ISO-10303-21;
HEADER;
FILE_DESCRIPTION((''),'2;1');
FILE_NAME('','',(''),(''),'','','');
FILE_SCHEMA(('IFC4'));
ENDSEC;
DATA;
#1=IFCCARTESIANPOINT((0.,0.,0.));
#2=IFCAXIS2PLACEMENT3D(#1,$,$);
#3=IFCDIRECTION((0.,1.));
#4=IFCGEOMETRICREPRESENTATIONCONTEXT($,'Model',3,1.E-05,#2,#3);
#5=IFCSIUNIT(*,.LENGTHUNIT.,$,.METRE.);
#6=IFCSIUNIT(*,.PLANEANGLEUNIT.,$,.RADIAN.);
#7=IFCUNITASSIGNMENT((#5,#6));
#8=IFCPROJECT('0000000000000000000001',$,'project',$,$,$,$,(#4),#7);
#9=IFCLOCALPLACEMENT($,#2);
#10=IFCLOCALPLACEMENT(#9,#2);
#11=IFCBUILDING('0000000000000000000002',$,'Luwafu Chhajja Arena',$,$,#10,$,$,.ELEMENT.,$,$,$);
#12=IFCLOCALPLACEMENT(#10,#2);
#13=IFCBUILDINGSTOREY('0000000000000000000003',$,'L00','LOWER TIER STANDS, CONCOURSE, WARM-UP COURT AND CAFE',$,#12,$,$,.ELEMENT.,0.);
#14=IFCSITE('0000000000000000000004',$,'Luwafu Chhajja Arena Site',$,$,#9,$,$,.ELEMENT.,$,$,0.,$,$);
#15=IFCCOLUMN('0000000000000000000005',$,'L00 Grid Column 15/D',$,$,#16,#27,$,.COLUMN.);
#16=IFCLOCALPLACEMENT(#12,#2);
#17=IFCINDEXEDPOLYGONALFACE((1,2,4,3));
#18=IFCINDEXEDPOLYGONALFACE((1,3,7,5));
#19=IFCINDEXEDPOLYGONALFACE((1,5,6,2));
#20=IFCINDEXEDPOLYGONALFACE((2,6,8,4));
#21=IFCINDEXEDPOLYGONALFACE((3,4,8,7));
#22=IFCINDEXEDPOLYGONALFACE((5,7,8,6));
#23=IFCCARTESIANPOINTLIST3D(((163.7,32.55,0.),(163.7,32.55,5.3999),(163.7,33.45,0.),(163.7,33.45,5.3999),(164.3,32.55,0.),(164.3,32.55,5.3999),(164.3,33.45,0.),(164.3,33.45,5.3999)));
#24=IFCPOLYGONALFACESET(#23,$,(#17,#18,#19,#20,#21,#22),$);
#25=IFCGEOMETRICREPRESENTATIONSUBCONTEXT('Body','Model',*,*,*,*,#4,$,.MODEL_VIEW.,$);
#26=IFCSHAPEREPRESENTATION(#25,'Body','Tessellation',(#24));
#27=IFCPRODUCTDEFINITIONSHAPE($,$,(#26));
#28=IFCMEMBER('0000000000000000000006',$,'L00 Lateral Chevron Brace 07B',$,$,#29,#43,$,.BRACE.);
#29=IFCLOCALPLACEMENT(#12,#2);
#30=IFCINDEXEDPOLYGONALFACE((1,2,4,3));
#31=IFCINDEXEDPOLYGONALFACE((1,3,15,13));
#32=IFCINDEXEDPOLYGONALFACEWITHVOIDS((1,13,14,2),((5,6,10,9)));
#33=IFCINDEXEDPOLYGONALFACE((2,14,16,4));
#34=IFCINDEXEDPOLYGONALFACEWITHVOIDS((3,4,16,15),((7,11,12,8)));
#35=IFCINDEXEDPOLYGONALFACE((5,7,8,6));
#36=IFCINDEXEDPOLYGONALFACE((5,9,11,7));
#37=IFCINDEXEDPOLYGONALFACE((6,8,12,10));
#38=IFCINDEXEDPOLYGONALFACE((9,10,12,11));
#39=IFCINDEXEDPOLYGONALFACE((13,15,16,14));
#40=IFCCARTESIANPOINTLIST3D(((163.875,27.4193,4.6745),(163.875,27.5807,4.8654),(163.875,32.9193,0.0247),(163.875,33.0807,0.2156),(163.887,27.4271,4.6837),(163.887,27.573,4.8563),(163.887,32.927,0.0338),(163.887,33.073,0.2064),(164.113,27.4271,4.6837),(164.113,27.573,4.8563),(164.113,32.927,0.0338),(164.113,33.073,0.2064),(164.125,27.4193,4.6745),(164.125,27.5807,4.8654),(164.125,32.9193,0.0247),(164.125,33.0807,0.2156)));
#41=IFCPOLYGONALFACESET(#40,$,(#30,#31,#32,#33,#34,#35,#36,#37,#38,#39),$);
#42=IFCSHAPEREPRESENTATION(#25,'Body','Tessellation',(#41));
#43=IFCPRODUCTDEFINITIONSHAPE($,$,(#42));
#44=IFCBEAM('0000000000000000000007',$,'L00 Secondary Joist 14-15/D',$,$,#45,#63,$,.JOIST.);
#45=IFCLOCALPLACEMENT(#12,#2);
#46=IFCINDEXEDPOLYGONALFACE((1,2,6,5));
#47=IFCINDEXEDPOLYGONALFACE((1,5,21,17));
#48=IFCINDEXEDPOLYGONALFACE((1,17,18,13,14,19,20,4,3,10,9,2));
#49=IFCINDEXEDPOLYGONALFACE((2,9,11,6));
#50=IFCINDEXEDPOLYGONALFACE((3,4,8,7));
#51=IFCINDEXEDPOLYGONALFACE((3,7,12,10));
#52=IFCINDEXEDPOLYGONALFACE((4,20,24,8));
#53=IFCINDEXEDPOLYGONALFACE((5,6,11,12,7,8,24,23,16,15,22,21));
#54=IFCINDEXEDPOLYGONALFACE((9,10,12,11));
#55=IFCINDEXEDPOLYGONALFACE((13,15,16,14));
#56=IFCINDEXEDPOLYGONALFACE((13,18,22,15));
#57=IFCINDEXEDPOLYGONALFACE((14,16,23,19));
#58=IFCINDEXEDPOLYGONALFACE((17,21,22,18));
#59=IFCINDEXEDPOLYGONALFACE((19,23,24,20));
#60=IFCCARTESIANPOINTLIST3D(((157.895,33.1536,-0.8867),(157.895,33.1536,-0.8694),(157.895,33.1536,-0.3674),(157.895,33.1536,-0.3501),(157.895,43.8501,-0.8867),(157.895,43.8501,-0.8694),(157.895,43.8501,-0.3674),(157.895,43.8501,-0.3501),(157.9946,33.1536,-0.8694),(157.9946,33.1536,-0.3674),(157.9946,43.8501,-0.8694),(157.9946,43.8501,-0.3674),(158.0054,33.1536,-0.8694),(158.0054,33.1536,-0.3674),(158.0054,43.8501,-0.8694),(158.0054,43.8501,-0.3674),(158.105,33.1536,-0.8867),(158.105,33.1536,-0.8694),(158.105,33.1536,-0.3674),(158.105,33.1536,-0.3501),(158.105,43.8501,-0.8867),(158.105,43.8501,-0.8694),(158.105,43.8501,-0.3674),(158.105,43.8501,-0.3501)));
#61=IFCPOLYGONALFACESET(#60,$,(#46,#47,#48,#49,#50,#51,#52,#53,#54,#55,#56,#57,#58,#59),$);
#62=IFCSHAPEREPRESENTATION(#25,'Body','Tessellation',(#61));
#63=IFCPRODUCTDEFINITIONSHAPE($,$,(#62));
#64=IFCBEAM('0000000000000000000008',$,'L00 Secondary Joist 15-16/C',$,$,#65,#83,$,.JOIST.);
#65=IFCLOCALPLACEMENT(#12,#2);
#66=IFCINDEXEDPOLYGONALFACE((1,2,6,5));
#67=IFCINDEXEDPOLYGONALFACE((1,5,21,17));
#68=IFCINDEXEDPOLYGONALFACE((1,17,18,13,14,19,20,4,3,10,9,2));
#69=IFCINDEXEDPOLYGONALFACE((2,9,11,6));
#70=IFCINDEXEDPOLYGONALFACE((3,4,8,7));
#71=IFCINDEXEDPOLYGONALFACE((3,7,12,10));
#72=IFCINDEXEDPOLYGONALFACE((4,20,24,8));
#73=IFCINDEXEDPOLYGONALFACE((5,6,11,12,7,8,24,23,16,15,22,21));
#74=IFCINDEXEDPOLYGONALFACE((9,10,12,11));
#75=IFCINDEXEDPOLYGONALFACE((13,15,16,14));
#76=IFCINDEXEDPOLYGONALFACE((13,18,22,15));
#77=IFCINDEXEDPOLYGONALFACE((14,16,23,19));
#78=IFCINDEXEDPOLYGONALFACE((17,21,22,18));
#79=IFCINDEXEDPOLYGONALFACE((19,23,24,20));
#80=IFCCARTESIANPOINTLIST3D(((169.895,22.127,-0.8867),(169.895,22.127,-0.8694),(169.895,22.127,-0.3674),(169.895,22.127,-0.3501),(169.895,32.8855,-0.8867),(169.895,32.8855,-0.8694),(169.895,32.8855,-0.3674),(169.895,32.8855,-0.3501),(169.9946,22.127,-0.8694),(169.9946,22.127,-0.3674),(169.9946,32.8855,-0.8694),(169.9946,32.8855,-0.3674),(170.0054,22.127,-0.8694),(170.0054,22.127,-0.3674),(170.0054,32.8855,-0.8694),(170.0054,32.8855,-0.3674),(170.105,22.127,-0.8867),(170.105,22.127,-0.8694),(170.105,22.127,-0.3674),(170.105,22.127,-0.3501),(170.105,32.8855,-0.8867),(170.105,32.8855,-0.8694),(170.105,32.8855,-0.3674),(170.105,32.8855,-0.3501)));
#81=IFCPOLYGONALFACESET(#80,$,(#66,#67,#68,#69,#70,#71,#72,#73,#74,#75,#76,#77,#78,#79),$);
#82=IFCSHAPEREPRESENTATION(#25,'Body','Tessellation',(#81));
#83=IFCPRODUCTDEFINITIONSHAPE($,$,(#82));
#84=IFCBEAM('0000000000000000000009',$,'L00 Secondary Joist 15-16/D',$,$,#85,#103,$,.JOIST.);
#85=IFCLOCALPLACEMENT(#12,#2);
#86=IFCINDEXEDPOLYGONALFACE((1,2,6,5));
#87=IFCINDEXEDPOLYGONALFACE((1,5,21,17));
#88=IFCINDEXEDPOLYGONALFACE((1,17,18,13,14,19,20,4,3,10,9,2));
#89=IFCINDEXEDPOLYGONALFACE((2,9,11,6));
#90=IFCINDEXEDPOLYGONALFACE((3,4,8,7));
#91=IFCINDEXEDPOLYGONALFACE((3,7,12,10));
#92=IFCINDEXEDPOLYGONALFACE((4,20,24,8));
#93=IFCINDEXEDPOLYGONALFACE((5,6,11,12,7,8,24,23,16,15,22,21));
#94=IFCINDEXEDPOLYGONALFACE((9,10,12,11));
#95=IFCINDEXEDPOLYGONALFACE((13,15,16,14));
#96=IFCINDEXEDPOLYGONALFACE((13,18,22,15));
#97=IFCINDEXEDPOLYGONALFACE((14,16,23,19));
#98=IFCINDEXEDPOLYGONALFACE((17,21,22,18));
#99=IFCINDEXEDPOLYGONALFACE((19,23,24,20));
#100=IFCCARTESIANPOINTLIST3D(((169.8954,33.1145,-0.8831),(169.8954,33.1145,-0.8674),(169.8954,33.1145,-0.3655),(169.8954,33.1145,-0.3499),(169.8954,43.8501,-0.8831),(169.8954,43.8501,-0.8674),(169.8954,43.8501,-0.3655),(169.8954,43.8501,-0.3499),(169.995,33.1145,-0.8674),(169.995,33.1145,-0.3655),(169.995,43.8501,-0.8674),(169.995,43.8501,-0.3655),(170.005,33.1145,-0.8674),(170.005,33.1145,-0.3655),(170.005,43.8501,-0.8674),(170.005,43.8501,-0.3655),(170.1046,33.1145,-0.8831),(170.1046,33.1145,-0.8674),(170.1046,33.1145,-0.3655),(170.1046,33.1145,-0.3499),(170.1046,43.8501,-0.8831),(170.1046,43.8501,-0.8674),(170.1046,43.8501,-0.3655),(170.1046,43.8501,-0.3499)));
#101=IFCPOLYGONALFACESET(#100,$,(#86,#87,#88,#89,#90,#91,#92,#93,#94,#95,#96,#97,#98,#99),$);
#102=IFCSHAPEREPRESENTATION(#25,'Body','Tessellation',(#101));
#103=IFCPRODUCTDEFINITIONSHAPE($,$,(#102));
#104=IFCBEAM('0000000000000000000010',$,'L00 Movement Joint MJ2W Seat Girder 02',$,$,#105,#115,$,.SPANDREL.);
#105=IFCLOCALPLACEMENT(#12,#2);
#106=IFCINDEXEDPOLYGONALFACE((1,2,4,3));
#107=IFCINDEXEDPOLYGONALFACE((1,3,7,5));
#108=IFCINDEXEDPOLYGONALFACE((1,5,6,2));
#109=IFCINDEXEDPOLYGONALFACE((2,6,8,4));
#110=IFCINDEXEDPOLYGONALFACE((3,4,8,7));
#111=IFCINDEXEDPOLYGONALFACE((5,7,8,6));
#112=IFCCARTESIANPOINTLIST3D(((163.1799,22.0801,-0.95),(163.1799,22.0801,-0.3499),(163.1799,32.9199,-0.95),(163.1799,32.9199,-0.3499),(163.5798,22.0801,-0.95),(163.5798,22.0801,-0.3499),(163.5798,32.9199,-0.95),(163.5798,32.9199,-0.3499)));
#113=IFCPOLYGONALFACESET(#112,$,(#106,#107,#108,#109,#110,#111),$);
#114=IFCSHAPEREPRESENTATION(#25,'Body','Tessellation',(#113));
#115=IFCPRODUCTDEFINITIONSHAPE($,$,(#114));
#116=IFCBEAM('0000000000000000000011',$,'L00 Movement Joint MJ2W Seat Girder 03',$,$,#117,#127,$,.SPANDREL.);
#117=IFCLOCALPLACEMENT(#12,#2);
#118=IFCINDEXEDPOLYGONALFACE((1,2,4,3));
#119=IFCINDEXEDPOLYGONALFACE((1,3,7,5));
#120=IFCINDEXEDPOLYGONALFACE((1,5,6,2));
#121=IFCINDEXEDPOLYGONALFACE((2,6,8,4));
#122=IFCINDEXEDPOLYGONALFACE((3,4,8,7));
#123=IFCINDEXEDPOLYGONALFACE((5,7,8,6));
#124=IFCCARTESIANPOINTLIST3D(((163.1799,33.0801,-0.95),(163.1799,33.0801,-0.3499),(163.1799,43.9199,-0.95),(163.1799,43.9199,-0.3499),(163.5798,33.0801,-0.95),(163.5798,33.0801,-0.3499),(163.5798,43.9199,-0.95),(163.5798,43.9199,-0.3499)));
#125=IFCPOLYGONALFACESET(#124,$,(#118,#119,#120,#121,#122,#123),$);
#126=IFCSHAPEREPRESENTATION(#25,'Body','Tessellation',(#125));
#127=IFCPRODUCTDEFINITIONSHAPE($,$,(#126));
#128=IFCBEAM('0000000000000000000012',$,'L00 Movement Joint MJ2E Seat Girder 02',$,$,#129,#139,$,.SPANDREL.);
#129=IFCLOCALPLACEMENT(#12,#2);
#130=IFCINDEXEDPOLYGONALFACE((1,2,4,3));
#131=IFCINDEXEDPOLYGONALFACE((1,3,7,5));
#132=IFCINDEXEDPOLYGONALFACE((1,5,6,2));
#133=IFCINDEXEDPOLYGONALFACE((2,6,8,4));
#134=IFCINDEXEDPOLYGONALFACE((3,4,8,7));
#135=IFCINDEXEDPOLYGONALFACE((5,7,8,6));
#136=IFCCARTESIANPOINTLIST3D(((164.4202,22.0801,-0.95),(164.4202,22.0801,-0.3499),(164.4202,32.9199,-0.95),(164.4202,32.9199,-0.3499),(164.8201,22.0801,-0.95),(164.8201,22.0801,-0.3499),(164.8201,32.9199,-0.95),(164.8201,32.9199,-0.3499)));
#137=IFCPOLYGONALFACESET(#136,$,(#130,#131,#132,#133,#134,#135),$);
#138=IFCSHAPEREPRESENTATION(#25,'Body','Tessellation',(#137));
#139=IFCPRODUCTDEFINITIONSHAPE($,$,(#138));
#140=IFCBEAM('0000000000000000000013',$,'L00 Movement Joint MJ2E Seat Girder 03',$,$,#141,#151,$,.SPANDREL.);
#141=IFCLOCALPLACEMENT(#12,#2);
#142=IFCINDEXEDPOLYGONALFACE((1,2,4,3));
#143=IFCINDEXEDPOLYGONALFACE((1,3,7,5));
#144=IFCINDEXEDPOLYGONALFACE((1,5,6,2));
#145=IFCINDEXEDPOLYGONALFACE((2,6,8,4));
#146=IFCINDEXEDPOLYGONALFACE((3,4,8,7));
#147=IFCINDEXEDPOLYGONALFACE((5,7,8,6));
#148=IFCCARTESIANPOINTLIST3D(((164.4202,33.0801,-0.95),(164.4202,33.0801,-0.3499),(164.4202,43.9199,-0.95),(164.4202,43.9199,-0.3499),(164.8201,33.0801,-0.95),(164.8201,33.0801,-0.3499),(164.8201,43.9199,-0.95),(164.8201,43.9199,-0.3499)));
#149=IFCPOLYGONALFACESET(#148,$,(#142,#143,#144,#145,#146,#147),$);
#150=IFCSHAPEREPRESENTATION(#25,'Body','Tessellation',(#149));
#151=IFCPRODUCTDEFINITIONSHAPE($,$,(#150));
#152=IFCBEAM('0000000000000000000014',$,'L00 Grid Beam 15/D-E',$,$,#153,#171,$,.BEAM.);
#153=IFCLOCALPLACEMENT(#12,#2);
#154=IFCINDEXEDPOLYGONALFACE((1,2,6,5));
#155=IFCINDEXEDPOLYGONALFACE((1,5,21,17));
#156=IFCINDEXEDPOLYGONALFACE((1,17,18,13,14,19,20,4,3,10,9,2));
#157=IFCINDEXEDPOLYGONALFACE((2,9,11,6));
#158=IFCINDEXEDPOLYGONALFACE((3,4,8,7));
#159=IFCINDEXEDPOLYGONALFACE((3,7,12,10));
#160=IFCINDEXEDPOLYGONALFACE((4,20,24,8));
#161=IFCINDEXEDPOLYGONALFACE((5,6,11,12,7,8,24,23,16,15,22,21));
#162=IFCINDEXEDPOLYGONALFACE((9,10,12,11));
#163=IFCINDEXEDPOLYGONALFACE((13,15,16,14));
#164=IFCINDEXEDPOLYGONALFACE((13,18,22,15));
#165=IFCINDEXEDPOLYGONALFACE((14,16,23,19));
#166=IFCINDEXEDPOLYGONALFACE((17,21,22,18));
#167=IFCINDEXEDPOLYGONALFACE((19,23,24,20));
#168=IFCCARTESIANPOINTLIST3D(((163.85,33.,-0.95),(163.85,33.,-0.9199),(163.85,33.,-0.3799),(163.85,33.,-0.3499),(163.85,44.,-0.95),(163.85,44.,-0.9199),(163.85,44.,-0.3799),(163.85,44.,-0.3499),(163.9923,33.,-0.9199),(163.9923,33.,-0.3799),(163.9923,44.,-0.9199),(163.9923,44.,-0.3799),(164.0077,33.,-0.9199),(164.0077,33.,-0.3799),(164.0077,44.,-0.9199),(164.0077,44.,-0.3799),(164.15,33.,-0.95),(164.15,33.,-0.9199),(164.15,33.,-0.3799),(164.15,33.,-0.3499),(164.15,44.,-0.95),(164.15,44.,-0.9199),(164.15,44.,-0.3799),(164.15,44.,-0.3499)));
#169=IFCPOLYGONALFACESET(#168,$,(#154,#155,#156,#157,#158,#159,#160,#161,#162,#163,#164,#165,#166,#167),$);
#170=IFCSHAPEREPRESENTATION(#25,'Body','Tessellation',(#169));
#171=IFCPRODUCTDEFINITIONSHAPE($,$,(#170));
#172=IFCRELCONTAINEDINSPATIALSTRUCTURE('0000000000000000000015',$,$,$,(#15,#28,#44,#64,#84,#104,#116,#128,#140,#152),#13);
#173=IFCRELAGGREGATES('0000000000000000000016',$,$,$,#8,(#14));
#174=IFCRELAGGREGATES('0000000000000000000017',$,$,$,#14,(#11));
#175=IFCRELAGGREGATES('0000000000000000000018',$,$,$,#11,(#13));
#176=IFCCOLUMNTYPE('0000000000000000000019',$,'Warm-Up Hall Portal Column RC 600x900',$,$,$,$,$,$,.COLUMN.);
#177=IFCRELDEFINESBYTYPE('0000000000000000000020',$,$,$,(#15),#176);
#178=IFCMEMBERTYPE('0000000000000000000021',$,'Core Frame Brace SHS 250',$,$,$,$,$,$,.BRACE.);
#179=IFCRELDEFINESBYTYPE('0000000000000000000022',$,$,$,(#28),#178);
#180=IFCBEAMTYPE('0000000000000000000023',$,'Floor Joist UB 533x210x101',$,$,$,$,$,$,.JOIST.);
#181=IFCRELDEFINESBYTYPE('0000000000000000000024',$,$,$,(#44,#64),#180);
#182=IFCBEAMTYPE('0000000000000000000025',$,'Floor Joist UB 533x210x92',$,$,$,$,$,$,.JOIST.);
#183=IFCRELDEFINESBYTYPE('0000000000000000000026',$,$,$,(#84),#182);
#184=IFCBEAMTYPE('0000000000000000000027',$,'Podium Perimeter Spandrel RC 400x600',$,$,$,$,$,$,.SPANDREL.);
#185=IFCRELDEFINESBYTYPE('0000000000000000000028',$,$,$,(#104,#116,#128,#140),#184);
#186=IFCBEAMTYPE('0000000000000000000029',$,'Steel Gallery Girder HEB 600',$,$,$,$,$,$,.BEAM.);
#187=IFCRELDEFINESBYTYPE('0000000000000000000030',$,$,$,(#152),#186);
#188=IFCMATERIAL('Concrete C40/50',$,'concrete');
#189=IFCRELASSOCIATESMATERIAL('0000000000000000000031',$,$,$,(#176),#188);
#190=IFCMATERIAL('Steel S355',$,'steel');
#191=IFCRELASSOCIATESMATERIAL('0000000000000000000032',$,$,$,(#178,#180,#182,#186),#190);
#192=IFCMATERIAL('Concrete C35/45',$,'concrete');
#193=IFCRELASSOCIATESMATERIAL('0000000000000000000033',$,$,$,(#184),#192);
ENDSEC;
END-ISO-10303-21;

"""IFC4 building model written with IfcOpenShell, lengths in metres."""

from ifc_helpers import new_model, si_unit, direction, frame, origin, origin_2d, place, context, subcontext, project, spatial, rectangle, hollow_rectangle, i_section, extrude, material, material_profile, profile_set, type_object, element, save


model = new_model("IFC4")

# Units and contexts
model_context = context("Model", 3, precision=1e-05, world=origin(), true_north=direction((0.0, 1.0)))
body_context = subcontext(model_context, "Body", "Model", "MODEL_VIEW")
ifc_project = project(units=[si_unit("LENGTHUNIT", "METRE"), si_unit("PLANEANGLEUNIT", "RADIAN")], contexts=[model_context])

# Site, building, storey
site_placement = place(None, origin())
site = spatial("IfcSite", under=ifc_project, at=site_placement, Name="Luwafu Chhajja Arena Site", CompositionType="ELEMENT", RefElevation=0.0)
building_placement = place(site_placement, origin())
building = spatial("IfcBuilding", under=site, at=building_placement, Name="Luwafu Chhajja Arena", CompositionType="ELEMENT")
storey_placement = place(building_placement, origin())
storey = spatial("IfcBuildingStorey", under=building, at=storey_placement, Name="L00", Description="LOWER TIER STANDS, CONCOURSE, WARM-UP COURT AND CAFE", CompositionType="ELEMENT", Elevation=0.0)

# Column
ifc_material_1 = material(Name="Concrete C40/50", Category="concrete")
ifc_material_profile_1 = material_profile(ifc_material_1, rectangle(XDim=0.6001, YDim=0.8999, at=origin_2d()), Name="RC 600x900")
ifc_profile_set_1 = profile_set([ifc_material_profile_1], Name="Concrete C40/50")
column_type = type_object("IfcColumnType", Name="Warm-Up Hall Portal Column RC 600x900", PredefinedType="COLUMN", material=ifc_profile_set_1)
column_placement = place(storey_placement, frame((164.0, 33.0, 0.0), z_axis=(0.0, 0.0, 1.0), x_axis=(1.0, 0.0, 0.0)))
element("IfcColumn", 1, at=column_placement, inside=storey, type_object=column_type, Name="L00 Grid Column 15/D", PredefinedType="COLUMN", context=body_context, shape_type="SweptSolid", body=[
    extrude(rectangle(XDim=0.6001, YDim=0.8999, at=origin_2d()), origin(), (0.0, 0.0, 1.0), 5.3999),
])

# Member
ifc_material_2 = material(Name="Steel S355", Category="steel")
ifc_material_profile_2 = material_profile(ifc_material_2, hollow_rectangle(XDim=0.25, YDim=0.25, WallThickness=0.012, at=origin_2d()), Name="SHS 250x250x12")
ifc_profile_set_2 = profile_set([ifc_material_profile_2], Name="Steel S355")
member_type = type_object("IfcMemberType", Name="Core Frame Brace SHS 250", PredefinedType="BRACE", material=ifc_profile_set_2)
member_placement = place(storey_placement, frame((164.0, 33.0, 0.1201), z_axis=(0.0, -0.763656, 0.645623), x_axis=(1.0, 0.0, 0.0)))
element("IfcMember", 2, at=member_placement, inside=storey, type_object=member_type, Name="L00 Lateral Chevron Brace 07B", PredefinedType="BRACE", context=body_context, shape_type="SweptSolid", body=[
    extrude(hollow_rectangle(XDim=0.25, YDim=0.25, WallThickness=0.012, at=origin_2d()), origin(), (0.0, 0.0, 1.0), 7.2021),
])

# Beams
ifc_material_profile_3 = material_profile(ifc_material_2, i_section(OverallWidth=0.21, OverallDepth=0.5366, WebThickness=0.0107, FlangeThickness=0.0173, at=origin_2d()), Name="UB 533x210x101")
ifc_profile_set_3 = profile_set([ifc_material_profile_3], Name="Steel S355")
beam_type_1 = type_object("IfcBeamType", Name="Floor Joist UB 533x210x101", PredefinedType="JOIST", material=ifc_profile_set_3)
beam_1_placement = place(storey_placement, frame((158.0, 33.1536, -0.6184), z_axis=(0.0, 1.0, 0.0), x_axis=(-1.0, 0.0, 0.0)))
element("IfcBeam", 3, at=beam_1_placement, inside=storey, type_object=beam_type_1, Name="L00 Secondary Joist 14-15/D", PredefinedType="JOIST", context=body_context, shape_type="SweptSolid", body=[
    extrude(i_section(OverallWidth=0.21, OverallDepth=0.5366, WebThickness=0.0107, FlangeThickness=0.0173, at=origin_2d()), origin(), (0.0, 0.0, 1.0), 10.6965),
])
beam_2_placement = place(storey_placement, frame((170.0, 22.127, -0.6184), z_axis=(0.0, 1.0, 0.0), x_axis=(-1.0, 0.0, 0.0)))
element("IfcBeam", 4, at=beam_2_placement, inside=storey, type_object=beam_type_1, Name="L00 Secondary Joist 15-16/C", PredefinedType="JOIST", context=body_context, shape_type="SweptSolid", body=[
    extrude(i_section(OverallWidth=0.21, OverallDepth=0.5366, WebThickness=0.0107, FlangeThickness=0.0173, at=origin_2d()), origin(), (0.0, 0.0, 1.0), 10.7585),
])
ifc_material_profile_4 = material_profile(ifc_material_2, i_section(OverallWidth=0.2092, OverallDepth=0.5332, WebThickness=0.01, FlangeThickness=0.0156, at=origin_2d()), Name="UB 533x210x92")
ifc_profile_set_4 = profile_set([ifc_material_profile_4], Name="Steel S355")
beam_type_2 = type_object("IfcBeamType", Name="Floor Joist UB 533x210x92", PredefinedType="JOIST", material=ifc_profile_set_4)
beam_3_placement = place(storey_placement, frame((170.0, 33.1145, -0.6165), z_axis=(0.0, 1.0, 0.0), x_axis=(-1.0, 0.0, 0.0)))
element("IfcBeam", 5, at=beam_3_placement, inside=storey, type_object=beam_type_2, Name="L00 Secondary Joist 15-16/D", PredefinedType="JOIST", context=body_context, shape_type="SweptSolid", body=[
    extrude(i_section(OverallWidth=0.2092, OverallDepth=0.5332, WebThickness=0.01, FlangeThickness=0.0156, at=origin_2d()), origin(), (0.0, 0.0, 1.0), 10.7356),
])
ifc_material_3 = material(Name="Concrete C35/45", Category="concrete")
ifc_material_profile_5 = material_profile(ifc_material_3, rectangle(XDim=0.3999, YDim=0.6001, at=origin_2d()), Name="RC 400x600")
ifc_profile_set_5 = profile_set([ifc_material_profile_5], Name="Concrete C35/45")
beam_type_3 = type_object("IfcBeamType", Name="Podium Perimeter Spandrel RC 400x600", PredefinedType="SPANDREL", material=ifc_profile_set_5)
for number, where, z_axis, x_axis, name in (
    (6, (163.3799, 22.0801, -0.6499), (0.0, 1.0, 0.0), (-1.0, 0.0, 0.0), "L00 Movement Joint MJ2W Seat Girder 02"),
    (7, (163.3799, 33.0801, -0.6499), (0.0, 1.0, 0.0), (-1.0, 0.0, 0.0), "L00 Movement Joint MJ2W Seat Girder 03"),
    (8, (164.6201, 22.0801, -0.6499), (0.0, 1.0, 0.0), (-1.0, 0.0, 0.0), "L00 Movement Joint MJ2E Seat Girder 02"),
    (9, (164.6201, 33.0801, -0.6499), (0.0, 1.0, 0.0), (-1.0, 0.0, 0.0), "L00 Movement Joint MJ2E Seat Girder 03"),
):
    element("IfcBeam", number, at=place(storey_placement, frame(where, z_axis=z_axis, x_axis=x_axis)), inside=storey, type_object=beam_type_3, Name=name, PredefinedType="SPANDREL", context=body_context, shape_type="SweptSolid", body=[
        extrude(rectangle(XDim=0.3999, YDim=0.6001, at=origin_2d()), origin(), (0.0, 0.0, 1.0), 10.8398),
    ])
ifc_material_profile_6 = material_profile(ifc_material_2, i_section(OverallWidth=0.3, OverallDepth=0.6001, WebThickness=0.0154, FlangeThickness=0.03, at=origin_2d()), Name="HEB 600")
ifc_profile_set_6 = profile_set([ifc_material_profile_6], Name="Steel S355")
beam_type_4 = type_object("IfcBeamType", Name="Steel Gallery Girder HEB 600", PredefinedType="BEAM", material=ifc_profile_set_6)
beam_4_placement = place(storey_placement, frame((164.0, 33.0, -0.6499), z_axis=(0.0, 1.0, 0.0), x_axis=(-1.0, 0.0, 0.0)))
element("IfcBeam", 10, at=beam_4_placement, inside=storey, type_object=beam_type_4, Name="L00 Grid Beam 15/D-E", PredefinedType="BEAM", context=body_context, shape_type="SweptSolid", body=[
    extrude(i_section(OverallWidth=0.3, OverallDepth=0.6001, WebThickness=0.0154, FlangeThickness=0.03, at=origin_2d()), origin(), (0.0, 0.0, 1.0), 11.0),
])

save(model, "model.ifc")
